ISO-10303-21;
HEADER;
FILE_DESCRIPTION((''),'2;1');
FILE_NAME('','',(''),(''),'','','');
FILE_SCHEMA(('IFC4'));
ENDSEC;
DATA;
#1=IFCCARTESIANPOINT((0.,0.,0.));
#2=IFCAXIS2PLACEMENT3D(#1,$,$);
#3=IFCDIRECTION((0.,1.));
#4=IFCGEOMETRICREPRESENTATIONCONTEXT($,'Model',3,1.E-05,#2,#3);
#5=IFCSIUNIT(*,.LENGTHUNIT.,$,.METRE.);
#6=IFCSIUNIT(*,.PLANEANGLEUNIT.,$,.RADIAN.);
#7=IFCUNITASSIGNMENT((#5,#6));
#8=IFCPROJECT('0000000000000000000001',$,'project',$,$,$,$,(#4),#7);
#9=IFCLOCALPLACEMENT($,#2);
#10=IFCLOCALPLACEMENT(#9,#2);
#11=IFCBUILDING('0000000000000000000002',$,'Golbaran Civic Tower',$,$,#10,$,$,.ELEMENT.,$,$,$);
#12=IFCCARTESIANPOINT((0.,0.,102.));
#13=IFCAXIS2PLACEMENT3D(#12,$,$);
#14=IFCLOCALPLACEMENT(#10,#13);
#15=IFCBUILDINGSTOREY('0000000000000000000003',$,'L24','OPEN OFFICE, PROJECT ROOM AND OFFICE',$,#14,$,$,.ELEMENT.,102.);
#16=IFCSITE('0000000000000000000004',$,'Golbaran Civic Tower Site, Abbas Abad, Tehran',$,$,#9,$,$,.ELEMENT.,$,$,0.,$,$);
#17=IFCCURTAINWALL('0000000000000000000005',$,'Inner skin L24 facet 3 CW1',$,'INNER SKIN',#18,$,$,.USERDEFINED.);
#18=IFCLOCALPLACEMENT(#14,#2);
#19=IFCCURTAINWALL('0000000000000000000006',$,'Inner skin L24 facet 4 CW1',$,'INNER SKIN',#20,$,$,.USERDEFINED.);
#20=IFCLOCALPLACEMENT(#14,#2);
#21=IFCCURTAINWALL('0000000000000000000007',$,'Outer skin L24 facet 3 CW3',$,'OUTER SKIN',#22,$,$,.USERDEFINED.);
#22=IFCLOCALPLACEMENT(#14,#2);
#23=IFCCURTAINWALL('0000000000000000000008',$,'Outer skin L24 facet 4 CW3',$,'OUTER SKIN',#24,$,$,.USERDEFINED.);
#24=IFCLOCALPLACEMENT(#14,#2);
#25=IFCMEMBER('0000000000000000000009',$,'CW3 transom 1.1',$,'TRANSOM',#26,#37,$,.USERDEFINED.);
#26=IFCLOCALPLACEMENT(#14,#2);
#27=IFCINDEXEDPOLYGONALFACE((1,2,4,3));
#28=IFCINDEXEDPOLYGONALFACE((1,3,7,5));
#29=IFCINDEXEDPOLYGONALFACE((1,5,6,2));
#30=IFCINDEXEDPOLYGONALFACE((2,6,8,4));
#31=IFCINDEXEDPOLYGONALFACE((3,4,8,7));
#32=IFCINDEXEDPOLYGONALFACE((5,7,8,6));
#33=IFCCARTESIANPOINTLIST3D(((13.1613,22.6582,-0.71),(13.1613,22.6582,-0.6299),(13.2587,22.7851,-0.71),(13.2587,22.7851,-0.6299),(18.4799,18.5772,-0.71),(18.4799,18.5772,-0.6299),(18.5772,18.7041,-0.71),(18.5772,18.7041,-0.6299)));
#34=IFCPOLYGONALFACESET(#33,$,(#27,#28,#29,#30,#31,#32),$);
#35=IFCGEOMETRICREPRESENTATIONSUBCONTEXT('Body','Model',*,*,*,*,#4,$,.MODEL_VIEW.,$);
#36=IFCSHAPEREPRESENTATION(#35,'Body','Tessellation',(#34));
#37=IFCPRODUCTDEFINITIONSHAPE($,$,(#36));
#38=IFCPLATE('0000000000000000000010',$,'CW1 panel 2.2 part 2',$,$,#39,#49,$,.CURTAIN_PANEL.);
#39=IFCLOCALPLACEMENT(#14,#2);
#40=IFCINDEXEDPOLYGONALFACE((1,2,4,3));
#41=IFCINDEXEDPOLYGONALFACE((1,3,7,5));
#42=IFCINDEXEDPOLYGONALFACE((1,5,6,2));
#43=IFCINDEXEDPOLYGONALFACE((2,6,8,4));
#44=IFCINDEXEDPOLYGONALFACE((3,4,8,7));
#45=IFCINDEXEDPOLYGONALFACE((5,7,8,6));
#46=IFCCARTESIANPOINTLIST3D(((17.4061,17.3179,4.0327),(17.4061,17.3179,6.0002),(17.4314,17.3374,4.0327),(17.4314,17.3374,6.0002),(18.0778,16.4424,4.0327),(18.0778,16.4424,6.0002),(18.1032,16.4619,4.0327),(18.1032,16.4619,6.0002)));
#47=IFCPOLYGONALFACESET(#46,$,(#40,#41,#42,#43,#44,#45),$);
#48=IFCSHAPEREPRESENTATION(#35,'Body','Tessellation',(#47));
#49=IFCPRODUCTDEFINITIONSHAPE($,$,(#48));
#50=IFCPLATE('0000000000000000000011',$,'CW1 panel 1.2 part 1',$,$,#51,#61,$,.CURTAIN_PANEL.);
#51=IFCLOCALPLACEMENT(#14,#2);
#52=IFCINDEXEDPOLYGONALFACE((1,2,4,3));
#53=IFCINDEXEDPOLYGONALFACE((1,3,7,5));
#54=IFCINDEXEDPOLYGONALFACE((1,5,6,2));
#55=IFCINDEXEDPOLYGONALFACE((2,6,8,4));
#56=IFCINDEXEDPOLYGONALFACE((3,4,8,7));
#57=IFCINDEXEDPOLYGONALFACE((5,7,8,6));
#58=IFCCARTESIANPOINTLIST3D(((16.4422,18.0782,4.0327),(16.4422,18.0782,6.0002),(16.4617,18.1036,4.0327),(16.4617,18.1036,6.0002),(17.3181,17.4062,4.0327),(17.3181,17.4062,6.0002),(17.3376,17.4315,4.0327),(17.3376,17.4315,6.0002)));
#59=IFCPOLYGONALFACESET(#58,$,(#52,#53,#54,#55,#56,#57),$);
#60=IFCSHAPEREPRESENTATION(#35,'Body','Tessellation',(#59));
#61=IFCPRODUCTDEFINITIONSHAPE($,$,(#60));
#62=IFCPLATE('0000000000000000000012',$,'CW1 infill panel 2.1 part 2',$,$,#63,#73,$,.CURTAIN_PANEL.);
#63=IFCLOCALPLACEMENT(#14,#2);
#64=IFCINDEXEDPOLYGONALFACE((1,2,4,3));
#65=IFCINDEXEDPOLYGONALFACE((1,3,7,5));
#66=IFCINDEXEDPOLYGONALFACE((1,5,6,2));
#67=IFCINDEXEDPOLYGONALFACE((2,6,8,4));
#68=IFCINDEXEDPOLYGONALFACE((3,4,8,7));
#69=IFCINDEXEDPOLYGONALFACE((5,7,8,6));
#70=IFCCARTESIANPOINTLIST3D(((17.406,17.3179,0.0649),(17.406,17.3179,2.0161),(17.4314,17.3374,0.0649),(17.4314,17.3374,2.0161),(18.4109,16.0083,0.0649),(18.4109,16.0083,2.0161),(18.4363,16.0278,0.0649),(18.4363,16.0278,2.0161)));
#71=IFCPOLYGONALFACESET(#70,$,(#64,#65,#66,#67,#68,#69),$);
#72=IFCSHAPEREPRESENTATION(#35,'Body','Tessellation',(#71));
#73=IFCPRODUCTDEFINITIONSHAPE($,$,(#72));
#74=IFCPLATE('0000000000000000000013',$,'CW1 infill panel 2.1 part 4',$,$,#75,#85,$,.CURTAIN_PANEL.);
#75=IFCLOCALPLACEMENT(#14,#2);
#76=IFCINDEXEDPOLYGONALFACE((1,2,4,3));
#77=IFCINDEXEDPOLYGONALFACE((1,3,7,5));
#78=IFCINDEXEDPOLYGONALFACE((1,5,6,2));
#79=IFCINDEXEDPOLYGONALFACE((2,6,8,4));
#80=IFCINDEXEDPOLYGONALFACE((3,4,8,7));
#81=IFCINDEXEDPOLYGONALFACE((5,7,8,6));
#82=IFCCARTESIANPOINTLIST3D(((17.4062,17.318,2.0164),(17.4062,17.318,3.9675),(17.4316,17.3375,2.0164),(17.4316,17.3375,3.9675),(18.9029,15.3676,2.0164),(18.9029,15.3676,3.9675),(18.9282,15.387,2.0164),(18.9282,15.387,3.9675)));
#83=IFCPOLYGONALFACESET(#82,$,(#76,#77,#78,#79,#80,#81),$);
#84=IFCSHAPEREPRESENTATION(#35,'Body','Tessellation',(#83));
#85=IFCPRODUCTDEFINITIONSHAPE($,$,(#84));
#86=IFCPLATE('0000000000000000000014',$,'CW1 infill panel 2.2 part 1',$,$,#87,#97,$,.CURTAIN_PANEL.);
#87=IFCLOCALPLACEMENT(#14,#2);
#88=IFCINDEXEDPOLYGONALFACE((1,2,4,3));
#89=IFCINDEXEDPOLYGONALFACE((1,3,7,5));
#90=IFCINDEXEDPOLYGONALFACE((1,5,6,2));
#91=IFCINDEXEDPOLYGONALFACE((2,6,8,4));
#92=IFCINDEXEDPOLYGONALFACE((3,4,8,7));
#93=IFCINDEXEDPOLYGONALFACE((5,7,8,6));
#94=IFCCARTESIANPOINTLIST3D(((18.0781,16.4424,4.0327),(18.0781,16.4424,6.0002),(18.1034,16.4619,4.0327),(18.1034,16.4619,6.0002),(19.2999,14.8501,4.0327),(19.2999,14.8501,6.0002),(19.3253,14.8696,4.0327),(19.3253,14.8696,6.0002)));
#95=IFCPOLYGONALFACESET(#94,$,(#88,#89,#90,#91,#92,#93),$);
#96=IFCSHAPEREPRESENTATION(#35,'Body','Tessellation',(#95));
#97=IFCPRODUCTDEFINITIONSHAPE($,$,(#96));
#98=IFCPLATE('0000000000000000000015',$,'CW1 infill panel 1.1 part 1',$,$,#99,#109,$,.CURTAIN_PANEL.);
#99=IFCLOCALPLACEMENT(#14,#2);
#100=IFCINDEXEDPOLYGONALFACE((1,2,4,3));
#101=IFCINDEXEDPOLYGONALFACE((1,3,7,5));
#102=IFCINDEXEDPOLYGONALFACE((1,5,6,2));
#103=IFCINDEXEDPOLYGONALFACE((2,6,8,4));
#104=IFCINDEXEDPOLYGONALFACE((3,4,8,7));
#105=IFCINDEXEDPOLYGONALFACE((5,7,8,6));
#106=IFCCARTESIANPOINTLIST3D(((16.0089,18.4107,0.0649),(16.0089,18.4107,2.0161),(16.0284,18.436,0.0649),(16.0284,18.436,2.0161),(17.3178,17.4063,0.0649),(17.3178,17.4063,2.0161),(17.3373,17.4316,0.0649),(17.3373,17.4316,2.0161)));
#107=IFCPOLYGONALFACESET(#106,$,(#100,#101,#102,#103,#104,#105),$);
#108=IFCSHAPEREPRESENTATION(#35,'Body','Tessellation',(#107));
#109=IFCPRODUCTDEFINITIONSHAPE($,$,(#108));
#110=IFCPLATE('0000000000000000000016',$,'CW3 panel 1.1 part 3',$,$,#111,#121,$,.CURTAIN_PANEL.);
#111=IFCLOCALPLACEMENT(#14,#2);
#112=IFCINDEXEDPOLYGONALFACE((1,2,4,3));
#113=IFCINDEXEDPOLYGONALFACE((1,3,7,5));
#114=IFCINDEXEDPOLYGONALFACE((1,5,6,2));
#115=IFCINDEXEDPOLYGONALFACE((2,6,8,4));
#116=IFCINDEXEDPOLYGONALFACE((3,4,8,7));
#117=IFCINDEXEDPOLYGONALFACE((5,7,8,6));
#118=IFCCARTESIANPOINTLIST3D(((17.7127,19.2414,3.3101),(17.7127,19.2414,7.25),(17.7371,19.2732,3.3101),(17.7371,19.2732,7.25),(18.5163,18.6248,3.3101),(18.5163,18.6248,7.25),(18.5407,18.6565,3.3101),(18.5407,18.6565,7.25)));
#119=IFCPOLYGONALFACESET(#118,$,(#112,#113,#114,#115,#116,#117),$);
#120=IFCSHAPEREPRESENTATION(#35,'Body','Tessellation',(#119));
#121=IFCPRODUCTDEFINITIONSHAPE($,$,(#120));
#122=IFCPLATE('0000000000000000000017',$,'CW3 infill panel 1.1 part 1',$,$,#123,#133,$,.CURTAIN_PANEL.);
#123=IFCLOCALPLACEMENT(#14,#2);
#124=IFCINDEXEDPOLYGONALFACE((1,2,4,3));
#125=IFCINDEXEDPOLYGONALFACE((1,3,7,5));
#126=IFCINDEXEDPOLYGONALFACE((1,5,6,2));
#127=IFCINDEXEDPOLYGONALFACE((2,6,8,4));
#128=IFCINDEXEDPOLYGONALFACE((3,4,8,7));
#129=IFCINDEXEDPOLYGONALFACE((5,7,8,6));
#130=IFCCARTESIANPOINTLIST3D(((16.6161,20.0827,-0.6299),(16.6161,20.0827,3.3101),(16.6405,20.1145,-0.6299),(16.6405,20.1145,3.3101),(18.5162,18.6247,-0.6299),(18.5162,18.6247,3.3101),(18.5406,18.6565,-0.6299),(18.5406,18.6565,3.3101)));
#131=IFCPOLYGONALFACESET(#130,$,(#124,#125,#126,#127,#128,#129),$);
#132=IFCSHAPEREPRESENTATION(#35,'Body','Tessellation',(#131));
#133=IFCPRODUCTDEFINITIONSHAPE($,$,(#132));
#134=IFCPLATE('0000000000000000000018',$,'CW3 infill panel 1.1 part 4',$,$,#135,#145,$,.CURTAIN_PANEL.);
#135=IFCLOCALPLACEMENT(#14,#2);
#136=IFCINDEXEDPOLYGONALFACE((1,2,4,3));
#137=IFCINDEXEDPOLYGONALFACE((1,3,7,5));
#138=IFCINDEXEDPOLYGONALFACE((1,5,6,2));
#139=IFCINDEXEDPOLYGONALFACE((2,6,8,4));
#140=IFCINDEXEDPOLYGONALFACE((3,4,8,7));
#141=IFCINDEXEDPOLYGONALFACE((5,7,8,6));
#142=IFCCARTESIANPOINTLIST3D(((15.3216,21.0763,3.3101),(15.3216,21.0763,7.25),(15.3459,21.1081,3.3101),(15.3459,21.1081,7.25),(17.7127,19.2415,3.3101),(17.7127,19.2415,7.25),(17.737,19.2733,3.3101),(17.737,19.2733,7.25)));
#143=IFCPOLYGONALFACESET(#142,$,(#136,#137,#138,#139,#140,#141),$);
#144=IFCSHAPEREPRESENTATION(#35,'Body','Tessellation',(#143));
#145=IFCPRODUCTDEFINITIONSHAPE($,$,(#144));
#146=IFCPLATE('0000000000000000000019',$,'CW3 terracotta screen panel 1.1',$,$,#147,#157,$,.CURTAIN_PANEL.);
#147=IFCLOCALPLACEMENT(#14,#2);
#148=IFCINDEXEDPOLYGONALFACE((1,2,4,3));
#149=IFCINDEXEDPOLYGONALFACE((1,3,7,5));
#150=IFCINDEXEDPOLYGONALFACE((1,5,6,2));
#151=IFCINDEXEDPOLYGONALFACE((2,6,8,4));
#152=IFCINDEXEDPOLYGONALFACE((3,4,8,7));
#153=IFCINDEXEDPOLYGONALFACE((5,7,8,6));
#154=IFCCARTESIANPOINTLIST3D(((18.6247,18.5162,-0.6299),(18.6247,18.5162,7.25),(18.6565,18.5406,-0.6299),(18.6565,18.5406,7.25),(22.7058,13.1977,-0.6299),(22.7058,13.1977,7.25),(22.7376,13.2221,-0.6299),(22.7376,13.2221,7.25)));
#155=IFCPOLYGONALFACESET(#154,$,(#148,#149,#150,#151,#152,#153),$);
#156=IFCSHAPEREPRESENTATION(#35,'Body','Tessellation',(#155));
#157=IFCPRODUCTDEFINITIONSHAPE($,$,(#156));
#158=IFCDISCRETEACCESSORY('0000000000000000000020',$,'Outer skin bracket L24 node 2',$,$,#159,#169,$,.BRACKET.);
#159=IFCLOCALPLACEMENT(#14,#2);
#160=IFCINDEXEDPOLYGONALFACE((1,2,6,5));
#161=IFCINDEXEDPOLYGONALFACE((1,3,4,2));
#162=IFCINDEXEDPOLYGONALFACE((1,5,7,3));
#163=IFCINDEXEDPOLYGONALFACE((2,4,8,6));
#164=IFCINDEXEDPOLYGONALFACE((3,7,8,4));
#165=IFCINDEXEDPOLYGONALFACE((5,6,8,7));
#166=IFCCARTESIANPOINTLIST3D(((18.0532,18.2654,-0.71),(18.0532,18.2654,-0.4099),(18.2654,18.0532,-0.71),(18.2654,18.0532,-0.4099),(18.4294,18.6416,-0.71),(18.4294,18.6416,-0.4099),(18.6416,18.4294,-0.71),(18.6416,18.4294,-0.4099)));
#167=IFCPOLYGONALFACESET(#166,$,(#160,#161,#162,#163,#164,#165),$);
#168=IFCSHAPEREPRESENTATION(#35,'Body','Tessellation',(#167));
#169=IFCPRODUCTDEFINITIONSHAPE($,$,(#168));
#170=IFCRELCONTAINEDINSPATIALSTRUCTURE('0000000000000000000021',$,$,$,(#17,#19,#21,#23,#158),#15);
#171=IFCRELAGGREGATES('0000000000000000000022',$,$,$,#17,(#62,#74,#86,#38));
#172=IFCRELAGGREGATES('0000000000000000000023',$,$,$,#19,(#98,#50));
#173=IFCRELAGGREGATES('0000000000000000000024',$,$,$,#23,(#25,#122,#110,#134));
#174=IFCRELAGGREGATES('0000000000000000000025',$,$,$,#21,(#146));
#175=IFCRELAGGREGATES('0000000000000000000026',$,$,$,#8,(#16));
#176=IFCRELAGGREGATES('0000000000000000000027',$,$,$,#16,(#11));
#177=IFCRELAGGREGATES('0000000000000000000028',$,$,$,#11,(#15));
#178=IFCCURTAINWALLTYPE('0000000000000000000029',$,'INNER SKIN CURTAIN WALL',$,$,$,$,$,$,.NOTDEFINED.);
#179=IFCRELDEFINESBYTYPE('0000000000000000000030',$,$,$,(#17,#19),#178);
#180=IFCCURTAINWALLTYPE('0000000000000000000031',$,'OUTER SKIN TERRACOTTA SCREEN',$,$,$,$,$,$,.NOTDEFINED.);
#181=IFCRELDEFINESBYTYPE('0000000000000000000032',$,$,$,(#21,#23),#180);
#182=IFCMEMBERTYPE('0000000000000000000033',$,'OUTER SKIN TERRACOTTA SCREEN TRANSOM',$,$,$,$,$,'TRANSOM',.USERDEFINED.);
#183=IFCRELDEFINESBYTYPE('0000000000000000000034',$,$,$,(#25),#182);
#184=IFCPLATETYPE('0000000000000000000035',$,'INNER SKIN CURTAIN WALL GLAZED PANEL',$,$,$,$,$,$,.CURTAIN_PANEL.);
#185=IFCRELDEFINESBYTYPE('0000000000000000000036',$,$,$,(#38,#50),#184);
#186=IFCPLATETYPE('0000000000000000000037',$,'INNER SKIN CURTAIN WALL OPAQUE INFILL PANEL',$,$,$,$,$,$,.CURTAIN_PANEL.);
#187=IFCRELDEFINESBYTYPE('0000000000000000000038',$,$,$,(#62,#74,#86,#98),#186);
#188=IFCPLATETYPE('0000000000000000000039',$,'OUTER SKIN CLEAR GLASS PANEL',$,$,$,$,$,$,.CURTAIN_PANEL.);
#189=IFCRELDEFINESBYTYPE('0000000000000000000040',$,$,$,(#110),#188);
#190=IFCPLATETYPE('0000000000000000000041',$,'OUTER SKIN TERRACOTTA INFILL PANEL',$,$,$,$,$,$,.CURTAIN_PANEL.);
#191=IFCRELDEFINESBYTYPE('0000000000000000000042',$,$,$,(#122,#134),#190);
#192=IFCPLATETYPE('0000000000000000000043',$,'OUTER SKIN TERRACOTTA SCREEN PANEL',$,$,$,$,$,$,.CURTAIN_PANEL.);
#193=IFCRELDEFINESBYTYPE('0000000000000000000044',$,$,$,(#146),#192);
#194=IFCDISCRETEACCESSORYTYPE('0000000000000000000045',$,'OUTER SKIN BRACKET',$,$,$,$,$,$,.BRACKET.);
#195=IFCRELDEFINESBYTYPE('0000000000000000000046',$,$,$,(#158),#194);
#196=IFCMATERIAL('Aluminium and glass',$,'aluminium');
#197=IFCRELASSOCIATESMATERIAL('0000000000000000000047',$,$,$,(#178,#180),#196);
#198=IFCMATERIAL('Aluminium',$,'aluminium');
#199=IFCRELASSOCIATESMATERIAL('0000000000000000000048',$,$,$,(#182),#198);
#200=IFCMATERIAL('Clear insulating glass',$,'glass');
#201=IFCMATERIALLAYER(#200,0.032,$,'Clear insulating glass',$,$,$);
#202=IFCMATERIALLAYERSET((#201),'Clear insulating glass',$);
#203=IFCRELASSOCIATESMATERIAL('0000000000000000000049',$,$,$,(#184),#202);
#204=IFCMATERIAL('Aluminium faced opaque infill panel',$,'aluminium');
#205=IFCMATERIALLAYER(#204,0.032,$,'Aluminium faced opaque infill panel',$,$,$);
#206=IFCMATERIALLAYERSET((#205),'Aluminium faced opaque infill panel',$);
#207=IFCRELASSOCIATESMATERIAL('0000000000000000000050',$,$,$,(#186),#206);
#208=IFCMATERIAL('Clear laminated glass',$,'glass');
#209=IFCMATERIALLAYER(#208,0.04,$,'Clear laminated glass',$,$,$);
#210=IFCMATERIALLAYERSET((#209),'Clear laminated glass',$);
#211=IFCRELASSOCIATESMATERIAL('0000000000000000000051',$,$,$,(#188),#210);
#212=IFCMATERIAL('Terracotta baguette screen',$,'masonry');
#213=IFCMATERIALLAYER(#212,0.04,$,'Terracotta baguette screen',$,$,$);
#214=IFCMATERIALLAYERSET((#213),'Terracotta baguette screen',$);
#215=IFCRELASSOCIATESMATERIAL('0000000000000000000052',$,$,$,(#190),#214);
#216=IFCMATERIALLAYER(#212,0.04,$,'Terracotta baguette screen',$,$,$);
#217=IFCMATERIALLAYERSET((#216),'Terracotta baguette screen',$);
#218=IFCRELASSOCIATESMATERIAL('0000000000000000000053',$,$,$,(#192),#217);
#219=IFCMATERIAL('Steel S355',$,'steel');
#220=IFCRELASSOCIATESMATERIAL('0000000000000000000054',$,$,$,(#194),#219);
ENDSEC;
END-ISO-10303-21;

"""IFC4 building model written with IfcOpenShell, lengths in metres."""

from ifc_helpers import new_model, si_unit, direction, frame, origin, origin_2d, place, context, subcontext, project, spatial, rectangle, extrude, material, layer, layer_set, material_profile, profile_set, type_object, element, aggregate, save


model = new_model("IFC4")

# Units and contexts
model_context = context("Model", 3, precision=1e-05, world=origin(), true_north=direction((0.0, 1.0)))
body_context = subcontext(model_context, "Body", "Model", "MODEL_VIEW")
ifc_project = project(units=[si_unit("LENGTHUNIT", "METRE"), si_unit("PLANEANGLEUNIT", "RADIAN")], contexts=[model_context])

# Site, building, storey
site_placement = place(None, origin())
site = spatial("IfcSite", under=ifc_project, at=site_placement, Name="Golbaran Civic Tower Site, Abbas Abad, Tehran", CompositionType="ELEMENT", RefElevation=0.0)
building_placement = place(site_placement, origin())
building = spatial("IfcBuilding", under=site, at=building_placement, Name="Golbaran Civic Tower", CompositionType="ELEMENT")
storey_placement = place(building_placement, frame((0.0, 0.0, 102.0)))
storey = spatial("IfcBuildingStorey", under=building, at=storey_placement, Name="L24", Description="OPEN OFFICE, PROJECT ROOM AND OFFICE", CompositionType="ELEMENT", Elevation=102.0)

# Shared definitions
ifc_material_1 = material(Name="Steel S355", Category="steel")

# Curtain wall
ifc_material_2 = material(Name="Aluminium and glass", Category="aluminium")
curtain_wall_type_1 = type_object("IfcCurtainWallType", Name="INNER SKIN CURTAIN WALL", PredefinedType="NOTDEFINED", material=ifc_material_2)
curtain_wall_1_placement = place(storey_placement, origin())
curtain_wall_1 = element("IfcCurtainWall", 1, at=curtain_wall_1_placement, inside=storey, type_object=curtain_wall_type_1, Name="Inner skin L24 facet 3 CW1", ObjectType="INNER SKIN", PredefinedType="USERDEFINED")
ifc_material_3 = material(Name="Aluminium", Category="aluminium")

# Curtain wall
curtain_wall_2_placement = place(storey_placement, origin())
curtain_wall_2 = element("IfcCurtainWall", 2, at=curtain_wall_2_placement, inside=storey, type_object=curtain_wall_type_1, Name="Inner skin L24 facet 4 CW1", ObjectType="INNER SKIN", PredefinedType="USERDEFINED")

# Curtain wall
curtain_wall_type_2 = type_object("IfcCurtainWallType", Name="OUTER SKIN TERRACOTTA SCREEN", PredefinedType="NOTDEFINED", material=ifc_material_2)
curtain_wall_3_placement = place(storey_placement, origin())
curtain_wall_3 = element("IfcCurtainWall", 3, at=curtain_wall_3_placement, inside=storey, type_object=curtain_wall_type_2, Name="Outer skin L24 facet 3 CW3", ObjectType="OUTER SKIN", PredefinedType="USERDEFINED")

# Curtain wall, member
curtain_wall_4_placement = place(storey_placement, origin())
curtain_wall_4 = element("IfcCurtainWall", 4, at=curtain_wall_4_placement, inside=storey, type_object=curtain_wall_type_2, Name="Outer skin L24 facet 4 CW3", ObjectType="OUTER SKIN", PredefinedType="USERDEFINED")
ifc_material_profile_1 = material_profile(ifc_material_3, rectangle(XDim=0.1599, YDim=0.0801, at=origin_2d()), Name="OUTER SKIN TERRACOTTA SCREEN TRANSOM")
ifc_profile_set_1 = profile_set([ifc_material_profile_1], Name="Aluminium")
member_type_1 = type_object("IfcMemberType", Name="OUTER SKIN TERRACOTTA SCREEN TRANSOM", ElementType="TRANSOM", PredefinedType="USERDEFINED", material=ifc_profile_set_1)
member_1_placement = place(storey_placement, frame((18.5286, 18.6406, -0.6699), z_axis=(-0.793357, 0.608756, 0.0), x_axis=(-0.608756, -0.793357, 0.0)))
member_1 = element("IfcMember", 5, at=member_1_placement, type_object=member_type_1, Name="CW3 transom 1.1", ObjectType="TRANSOM", PredefinedType="USERDEFINED", context=body_context, shape_type="SweptSolid", body=[
    extrude(rectangle(XDim=0.1599, YDim=0.0801, at=origin_2d()), origin(), (0.0, 0.0, 1.0), 6.7039),
])

# Plates
ifc_material_4 = material(Name="Clear insulating glass", Category="glass")
ifc_layer_1 = layer(ifc_material_4, 0.032, Name="Clear insulating glass")
ifc_layer_set_1 = layer_set([ifc_layer_1], Name="Clear insulating glass")
plate_type_1 = type_object("IfcPlateType", Name="INNER SKIN CURTAIN WALL GLAZED PANEL", PredefinedType="CURTAIN_PANEL", material=ifc_layer_set_1)
plate_1_placement = place(storey_placement, frame((17.7546, 16.8899, 4.0327), z_axis=(0.0, 0.0, 1.0), x_axis=(-0.608761, 0.793353, 0.0)))
plate_1 = element("IfcPlate", 6, at=plate_1_placement, type_object=plate_type_1, Name="CW1 panel 2.2 part 2", PredefinedType="CURTAIN_PANEL", context=body_context, shape_type="SweptSolid", body=[
    extrude(rectangle(XDim=1.1035, YDim=0.032, at=origin_2d()), origin(), (0.0, 0.0, 1.0), 1.9675),
])
plate_2_placement = place(storey_placement, frame((16.8899, 17.7549, 4.0327), z_axis=(0.0, 0.0, 1.0), x_axis=(-0.793353, 0.608761, 0.0)))
plate_2 = element("IfcPlate", 7, at=plate_2_placement, type_object=plate_type_1, Name="CW1 panel 1.2 part 1", PredefinedType="CURTAIN_PANEL", context=body_context, shape_type="SweptSolid", body=[
    extrude(rectangle(XDim=1.104, YDim=0.032, at=origin_2d()), origin(), (0.0, 0.0, 1.0), 1.9675),
])
ifc_material_5 = material(Name="Aluminium faced opaque infill panel", Category="aluminium")
ifc_layer_2 = layer(ifc_material_5, 0.032, Name="Aluminium faced opaque infill panel")
ifc_layer_set_2 = layer_set([ifc_layer_2], Name="Aluminium faced opaque infill panel")
plate_type_2 = type_object("IfcPlateType", Name="INNER SKIN CURTAIN WALL OPAQUE INFILL PANEL", PredefinedType="CURTAIN_PANEL", material=ifc_layer_set_2)
plate_3_placement = place(storey_placement, frame((17.9211, 16.6729, 0.0649), z_axis=(0.0, 0.0, 1.0), x_axis=(-0.608761, 0.793353, 0.0)))
plate_3 = element("IfcPlate", 8, at=plate_3_placement, type_object=plate_type_2, Name="CW1 infill panel 2.1 part 2", PredefinedType="CURTAIN_PANEL", context=body_context, shape_type="SweptSolid", body=[
    extrude(rectangle(XDim=1.6506, YDim=0.032, at=origin_2d()), origin(), (0.0, 0.0, 1.0), 1.9512),
])
plate_4_placement = place(storey_placement, frame((18.1672, 16.3525, 2.0164), z_axis=(0.0, 0.0, 1.0), x_axis=(-0.608761, 0.793353, 0.0)))
plate_4 = element("IfcPlate", 9, at=plate_4_placement, type_object=plate_type_2, Name="CW1 infill panel 2.1 part 4", PredefinedType="CURTAIN_PANEL", context=body_context, shape_type="SweptSolid", body=[
    extrude(rectangle(XDim=2.4585, YDim=0.032, at=origin_2d()), origin(), (0.0, 0.0, 1.0), 1.9512),
])
plate_5_placement = place(storey_placement, frame((18.7017, 15.656, 4.0327), z_axis=(0.0, 0.0, 1.0), x_axis=(-0.608761, 0.793353, 0.0)))
plate_5 = element("IfcPlate", 10, at=plate_5_placement, type_object=plate_type_2, Name="CW1 infill panel 2.2 part 1", PredefinedType="CURTAIN_PANEL", context=body_context, shape_type="SweptSolid", body=[
    extrude(rectangle(XDim=2.0071, YDim=0.032, at=origin_2d()), origin(), (0.0, 0.0, 1.0), 1.9675),
])
aggregate(curtain_wall_1, [plate_3, plate_4, plate_5, plate_1])
plate_6_placement = place(storey_placement, frame((16.6731, 17.9211, 0.0649), z_axis=(0.0, 0.0, 1.0), x_axis=(-0.793353, 0.608761, 0.0)))
plate_6 = element("IfcPlate", 11, at=plate_6_placement, type_object=plate_type_2, Name="CW1 infill panel 1.1 part 1", PredefinedType="CURTAIN_PANEL", context=body_context, shape_type="SweptSolid", body=[
    extrude(rectangle(XDim=1.6499, YDim=0.032, at=origin_2d()), origin(), (0.0, 0.0, 1.0), 1.9512),
])
aggregate(curtain_wall_2, [plate_6, plate_2])
ifc_material_6 = material(Name="Clear laminated glass", Category="glass")
ifc_layer_3 = layer(ifc_material_6, 0.04, Name="Clear laminated glass")
ifc_layer_set_3 = layer_set([ifc_layer_3], Name="Clear laminated glass")
plate_type_3 = type_object("IfcPlateType", Name="OUTER SKIN CLEAR GLASS PANEL", PredefinedType="CURTAIN_PANEL", material=ifc_layer_set_3)
plate_7_placement = place(storey_placement, frame((18.1267, 18.949, 3.3101), z_axis=(0.0, 0.0, 1.0), x_axis=(-0.793353, 0.608761, 0.0)))
plate_7 = element("IfcPlate", 12, at=plate_7_placement, type_object=plate_type_3, Name="CW3 panel 1.1 part 3", PredefinedType="CURTAIN_PANEL", context=body_context, shape_type="SweptSolid", body=[
    extrude(rectangle(XDim=1.0129, YDim=0.04, at=origin_2d()), origin(), (0.0, 0.0, 1.0), 3.9399),
])
ifc_material_7 = material(Name="Terracotta baguette screen", Category="masonry")
ifc_layer_4 = layer(ifc_material_7, 0.04, Name="Terracotta baguette screen")
ifc_layer_set_4 = layer_set([ifc_layer_4], Name="Terracotta baguette screen")
plate_type_4 = type_object("IfcPlateType", Name="OUTER SKIN TERRACOTTA INFILL PANEL", PredefinedType="CURTAIN_PANEL", material=ifc_layer_set_4)
plate_8_placement = place(storey_placement, frame((17.5784, 19.3696, -0.6299), z_axis=(0.0, 0.0, 1.0), x_axis=(-0.793353, 0.608761, 0.0)))
plate_8 = element("IfcPlate", 13, at=plate_8_placement, type_object=plate_type_4, Name="CW3 infill panel 1.1 part 1", PredefinedType="CURTAIN_PANEL", context=body_context, shape_type="SweptSolid", body=[
    extrude(rectangle(XDim=2.395, YDim=0.04, at=origin_2d()), origin(), (0.0, 0.0, 1.0), 3.9399),
])
plate_9_placement = place(storey_placement, frame((16.5293, 20.1748, 3.3101), z_axis=(0.0, 0.0, 1.0), x_axis=(-0.793353, 0.608761, 0.0)))
plate_9 = element("IfcPlate", 14, at=plate_9_placement, type_object=plate_type_4, Name="CW3 infill panel 1.1 part 4", PredefinedType="CURTAIN_PANEL", context=body_context, shape_type="SweptSolid", body=[
    extrude(rectangle(XDim=3.0139, YDim=0.04, at=origin_2d()), origin(), (0.0, 0.0, 1.0), 3.9399),
])
aggregate(curtain_wall_4, [member_1, plate_8, plate_7, plate_9])
ifc_layer_5 = layer(ifc_material_7, 0.04, Name="Terracotta baguette screen")
ifc_layer_set_5 = layer_set([ifc_layer_5], Name="Terracotta baguette screen")
plate_type_5 = type_object("IfcPlateType", Name="OUTER SKIN TERRACOTTA SCREEN PANEL", PredefinedType="CURTAIN_PANEL", material=ifc_layer_set_5)
plate_10_placement = place(storey_placement, frame((20.6812, 15.8691, -0.6299), z_axis=(0.0, 0.0, 1.0), x_axis=(-0.608761, 0.793353, 0.0)))
plate_10 = element("IfcPlate", 15, at=plate_10_placement, type_object=plate_type_5, Name="CW3 terracotta screen panel 1.1", PredefinedType="CURTAIN_PANEL", context=body_context, shape_type="SweptSolid", body=[
    extrude(rectangle(XDim=6.7039, YDim=0.04, at=origin_2d()), origin(), (0.0, 0.0, 1.0), 7.8799),
])
aggregate(curtain_wall_3, [plate_10])

# Discrete accessory
discrete_accessory_type = type_object("IfcDiscreteAccessoryType", Name="OUTER SKIN BRACKET", PredefinedType="BRACKET", material=ifc_material_1)
discrete_accessory_placement = place(storey_placement, frame((18.3474, 18.3474, -0.71), z_axis=(0.0, 0.0, 1.0), x_axis=(0.707107, 0.707107, 0.0)))
element("IfcDiscreteAccessory", 16, at=discrete_accessory_placement, inside=storey, type_object=discrete_accessory_type, Name="Outer skin bracket L24 node 2", PredefinedType="BRACKET", context=body_context, shape_type="SweptSolid", body=[
    extrude(rectangle(XDim=0.532, YDim=0.3, at=origin_2d()), origin(), (0.0, 0.0, 1.0), 0.3),
])

save(model, "model.ifc")
